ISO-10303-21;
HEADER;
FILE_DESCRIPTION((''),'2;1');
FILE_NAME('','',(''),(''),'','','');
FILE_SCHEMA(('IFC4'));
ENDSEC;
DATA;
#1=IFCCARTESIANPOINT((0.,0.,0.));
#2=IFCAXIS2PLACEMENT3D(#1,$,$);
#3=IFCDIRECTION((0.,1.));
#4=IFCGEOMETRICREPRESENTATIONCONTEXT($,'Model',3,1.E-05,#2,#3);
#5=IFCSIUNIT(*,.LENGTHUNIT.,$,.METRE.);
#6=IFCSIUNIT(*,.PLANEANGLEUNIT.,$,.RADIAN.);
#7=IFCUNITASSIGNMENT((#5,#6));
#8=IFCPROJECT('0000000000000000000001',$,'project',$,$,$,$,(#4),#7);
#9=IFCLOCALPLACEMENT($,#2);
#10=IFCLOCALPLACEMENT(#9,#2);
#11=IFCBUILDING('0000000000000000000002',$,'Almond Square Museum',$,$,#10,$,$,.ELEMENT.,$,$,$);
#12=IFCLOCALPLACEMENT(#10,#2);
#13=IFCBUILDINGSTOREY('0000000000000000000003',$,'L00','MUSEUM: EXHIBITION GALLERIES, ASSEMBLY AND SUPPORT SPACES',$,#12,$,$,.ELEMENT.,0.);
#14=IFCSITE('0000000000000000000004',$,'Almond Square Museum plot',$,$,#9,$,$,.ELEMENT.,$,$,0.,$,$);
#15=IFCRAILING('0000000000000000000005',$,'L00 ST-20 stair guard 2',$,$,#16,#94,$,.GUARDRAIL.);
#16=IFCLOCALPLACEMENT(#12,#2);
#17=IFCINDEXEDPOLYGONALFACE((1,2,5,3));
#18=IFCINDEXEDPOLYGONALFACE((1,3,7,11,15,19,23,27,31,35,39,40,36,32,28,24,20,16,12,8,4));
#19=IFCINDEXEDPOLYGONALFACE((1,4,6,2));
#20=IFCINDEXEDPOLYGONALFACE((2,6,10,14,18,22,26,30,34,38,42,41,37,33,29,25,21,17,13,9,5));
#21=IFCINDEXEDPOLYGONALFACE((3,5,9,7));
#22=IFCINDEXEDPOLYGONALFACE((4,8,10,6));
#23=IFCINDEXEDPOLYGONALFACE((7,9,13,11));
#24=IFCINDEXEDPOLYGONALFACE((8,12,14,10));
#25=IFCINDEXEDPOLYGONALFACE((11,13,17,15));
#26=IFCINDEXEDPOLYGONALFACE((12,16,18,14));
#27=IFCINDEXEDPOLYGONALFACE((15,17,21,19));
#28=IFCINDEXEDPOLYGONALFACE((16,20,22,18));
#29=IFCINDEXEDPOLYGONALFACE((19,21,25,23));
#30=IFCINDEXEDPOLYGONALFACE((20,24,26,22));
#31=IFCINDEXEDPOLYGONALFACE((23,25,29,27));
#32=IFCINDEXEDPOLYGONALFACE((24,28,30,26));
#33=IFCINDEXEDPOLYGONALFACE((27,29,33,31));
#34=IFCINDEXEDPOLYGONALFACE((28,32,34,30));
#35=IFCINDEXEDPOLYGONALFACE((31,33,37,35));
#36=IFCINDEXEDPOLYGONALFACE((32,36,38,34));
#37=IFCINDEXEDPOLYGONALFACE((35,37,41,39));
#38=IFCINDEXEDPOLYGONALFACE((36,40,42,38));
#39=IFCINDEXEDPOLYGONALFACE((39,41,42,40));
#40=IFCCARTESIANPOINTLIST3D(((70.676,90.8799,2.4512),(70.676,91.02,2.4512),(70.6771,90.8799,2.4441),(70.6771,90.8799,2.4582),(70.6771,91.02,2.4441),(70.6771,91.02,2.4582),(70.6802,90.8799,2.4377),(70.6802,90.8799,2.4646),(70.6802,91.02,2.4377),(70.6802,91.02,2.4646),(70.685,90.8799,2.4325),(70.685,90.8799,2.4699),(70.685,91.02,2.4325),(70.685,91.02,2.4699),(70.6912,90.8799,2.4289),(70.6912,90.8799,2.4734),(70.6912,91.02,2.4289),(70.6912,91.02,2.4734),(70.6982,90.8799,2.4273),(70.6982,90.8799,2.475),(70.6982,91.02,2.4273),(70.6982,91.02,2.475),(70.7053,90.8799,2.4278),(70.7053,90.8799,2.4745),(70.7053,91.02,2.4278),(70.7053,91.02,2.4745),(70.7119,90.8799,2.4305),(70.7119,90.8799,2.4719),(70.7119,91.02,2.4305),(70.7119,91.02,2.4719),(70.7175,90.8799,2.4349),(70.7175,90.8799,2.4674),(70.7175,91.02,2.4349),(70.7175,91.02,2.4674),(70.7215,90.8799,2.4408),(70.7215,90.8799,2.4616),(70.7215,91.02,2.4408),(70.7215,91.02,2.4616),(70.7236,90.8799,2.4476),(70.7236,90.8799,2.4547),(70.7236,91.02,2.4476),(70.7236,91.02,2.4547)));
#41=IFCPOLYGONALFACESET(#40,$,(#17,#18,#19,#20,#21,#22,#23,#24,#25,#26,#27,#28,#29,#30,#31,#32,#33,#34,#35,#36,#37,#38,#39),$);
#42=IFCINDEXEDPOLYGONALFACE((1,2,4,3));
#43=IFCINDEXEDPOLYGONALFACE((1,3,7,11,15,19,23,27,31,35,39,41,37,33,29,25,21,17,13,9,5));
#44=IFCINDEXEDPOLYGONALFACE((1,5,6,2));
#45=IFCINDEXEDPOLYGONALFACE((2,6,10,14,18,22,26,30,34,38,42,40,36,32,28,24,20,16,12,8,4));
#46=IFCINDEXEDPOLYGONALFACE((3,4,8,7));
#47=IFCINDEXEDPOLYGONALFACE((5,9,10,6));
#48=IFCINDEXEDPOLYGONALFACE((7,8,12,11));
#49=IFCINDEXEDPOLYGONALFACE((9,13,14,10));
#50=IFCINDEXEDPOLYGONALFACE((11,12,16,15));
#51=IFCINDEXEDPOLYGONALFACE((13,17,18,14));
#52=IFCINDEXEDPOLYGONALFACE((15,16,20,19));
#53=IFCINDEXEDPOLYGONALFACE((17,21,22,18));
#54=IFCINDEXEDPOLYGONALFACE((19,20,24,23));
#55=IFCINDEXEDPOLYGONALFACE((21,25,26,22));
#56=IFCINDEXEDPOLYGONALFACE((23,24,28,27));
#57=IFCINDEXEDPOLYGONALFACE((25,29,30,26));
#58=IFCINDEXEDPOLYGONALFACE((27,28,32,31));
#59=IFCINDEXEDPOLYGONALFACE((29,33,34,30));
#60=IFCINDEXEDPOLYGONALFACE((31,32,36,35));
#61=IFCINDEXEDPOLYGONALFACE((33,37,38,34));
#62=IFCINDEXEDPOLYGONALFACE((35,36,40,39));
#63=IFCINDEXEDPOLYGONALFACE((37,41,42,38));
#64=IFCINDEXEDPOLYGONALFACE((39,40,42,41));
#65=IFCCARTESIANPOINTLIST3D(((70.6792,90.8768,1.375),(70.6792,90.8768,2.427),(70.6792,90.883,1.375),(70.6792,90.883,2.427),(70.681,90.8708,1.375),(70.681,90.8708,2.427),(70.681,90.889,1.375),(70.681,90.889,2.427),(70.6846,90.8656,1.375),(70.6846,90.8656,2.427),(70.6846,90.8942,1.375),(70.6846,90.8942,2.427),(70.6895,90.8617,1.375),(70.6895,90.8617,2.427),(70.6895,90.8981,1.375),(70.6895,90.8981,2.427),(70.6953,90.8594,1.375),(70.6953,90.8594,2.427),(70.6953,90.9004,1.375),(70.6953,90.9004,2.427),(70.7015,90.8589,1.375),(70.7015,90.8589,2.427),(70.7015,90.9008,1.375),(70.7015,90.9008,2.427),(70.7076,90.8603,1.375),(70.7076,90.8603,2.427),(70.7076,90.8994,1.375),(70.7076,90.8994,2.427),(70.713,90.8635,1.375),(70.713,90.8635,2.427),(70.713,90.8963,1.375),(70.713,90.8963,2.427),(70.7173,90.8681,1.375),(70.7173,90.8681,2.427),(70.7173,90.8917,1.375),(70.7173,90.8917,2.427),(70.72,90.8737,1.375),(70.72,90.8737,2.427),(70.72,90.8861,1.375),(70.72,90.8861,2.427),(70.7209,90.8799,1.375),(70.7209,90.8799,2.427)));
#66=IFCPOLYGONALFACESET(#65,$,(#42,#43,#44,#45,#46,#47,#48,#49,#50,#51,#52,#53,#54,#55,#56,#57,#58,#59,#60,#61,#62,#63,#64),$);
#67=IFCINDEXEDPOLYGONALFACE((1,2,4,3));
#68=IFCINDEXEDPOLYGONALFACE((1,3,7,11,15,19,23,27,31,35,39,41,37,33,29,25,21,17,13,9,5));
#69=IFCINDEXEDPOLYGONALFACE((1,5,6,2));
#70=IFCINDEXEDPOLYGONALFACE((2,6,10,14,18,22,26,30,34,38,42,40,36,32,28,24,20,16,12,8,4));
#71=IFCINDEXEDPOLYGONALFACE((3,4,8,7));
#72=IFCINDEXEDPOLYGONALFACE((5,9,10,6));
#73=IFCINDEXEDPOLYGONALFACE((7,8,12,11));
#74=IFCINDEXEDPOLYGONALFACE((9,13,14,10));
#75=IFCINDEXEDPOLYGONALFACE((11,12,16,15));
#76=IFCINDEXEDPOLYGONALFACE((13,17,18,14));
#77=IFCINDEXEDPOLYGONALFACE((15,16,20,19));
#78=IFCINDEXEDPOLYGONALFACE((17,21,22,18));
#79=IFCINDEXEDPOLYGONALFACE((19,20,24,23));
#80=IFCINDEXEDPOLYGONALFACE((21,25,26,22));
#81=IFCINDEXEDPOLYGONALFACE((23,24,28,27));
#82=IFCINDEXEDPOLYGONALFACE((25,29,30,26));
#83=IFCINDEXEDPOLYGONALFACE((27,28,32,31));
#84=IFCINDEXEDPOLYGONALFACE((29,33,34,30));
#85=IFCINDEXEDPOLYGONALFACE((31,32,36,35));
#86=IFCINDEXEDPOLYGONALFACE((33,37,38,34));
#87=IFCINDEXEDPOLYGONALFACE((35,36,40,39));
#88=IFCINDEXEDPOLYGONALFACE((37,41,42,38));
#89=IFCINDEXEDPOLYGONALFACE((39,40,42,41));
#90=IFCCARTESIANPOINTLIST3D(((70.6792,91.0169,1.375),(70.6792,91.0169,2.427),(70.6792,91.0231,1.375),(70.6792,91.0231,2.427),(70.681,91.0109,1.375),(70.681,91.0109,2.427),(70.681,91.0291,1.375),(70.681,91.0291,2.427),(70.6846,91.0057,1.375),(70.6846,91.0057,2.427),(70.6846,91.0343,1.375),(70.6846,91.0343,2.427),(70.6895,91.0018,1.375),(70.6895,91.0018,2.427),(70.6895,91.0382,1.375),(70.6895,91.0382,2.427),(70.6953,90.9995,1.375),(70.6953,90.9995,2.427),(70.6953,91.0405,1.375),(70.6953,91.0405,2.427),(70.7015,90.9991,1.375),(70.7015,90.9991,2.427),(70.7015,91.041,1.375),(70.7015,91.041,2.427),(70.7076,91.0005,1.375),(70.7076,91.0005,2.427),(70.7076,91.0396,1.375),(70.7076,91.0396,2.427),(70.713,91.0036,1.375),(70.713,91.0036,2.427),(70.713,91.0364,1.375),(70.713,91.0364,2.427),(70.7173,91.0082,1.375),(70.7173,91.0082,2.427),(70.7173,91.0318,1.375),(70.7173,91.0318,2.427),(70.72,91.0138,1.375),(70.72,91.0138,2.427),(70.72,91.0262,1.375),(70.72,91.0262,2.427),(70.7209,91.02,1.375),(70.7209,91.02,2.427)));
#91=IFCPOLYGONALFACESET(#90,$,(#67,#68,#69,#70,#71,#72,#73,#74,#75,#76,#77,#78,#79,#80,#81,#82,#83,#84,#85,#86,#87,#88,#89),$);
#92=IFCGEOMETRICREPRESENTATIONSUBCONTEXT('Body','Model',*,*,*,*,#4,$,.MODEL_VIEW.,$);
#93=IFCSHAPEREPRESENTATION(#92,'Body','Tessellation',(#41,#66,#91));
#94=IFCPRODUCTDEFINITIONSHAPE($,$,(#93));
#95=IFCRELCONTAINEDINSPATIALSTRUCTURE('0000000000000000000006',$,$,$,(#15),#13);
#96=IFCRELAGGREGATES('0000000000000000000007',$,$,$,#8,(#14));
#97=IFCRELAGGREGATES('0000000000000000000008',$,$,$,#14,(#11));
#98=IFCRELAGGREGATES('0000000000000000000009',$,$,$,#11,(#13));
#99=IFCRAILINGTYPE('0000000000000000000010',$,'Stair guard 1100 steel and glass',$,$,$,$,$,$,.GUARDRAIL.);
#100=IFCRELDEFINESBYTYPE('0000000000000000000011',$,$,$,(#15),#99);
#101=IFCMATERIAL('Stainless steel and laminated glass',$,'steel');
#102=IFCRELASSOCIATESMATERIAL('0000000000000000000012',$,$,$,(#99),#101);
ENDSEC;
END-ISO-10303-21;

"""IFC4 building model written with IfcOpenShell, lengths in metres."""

from ifc_helpers import new_model, si_unit, direction, frame, origin, origin_2d, place, context, subcontext, project, spatial, circle, extrude, material, type_object, element, save


model = new_model("IFC4")

# Units and contexts
model_context = context("Model", 3, precision=1e-05, world=origin(), true_north=direction((0.0, 1.0)))
body_context = subcontext(model_context, "Body", "Model", "MODEL_VIEW")
ifc_project = project(units=[si_unit("LENGTHUNIT", "METRE"), si_unit("PLANEANGLEUNIT", "RADIAN")], contexts=[model_context])

# Site, building, storey
site_placement = place(None, origin())
site = spatial("IfcSite", under=ifc_project, at=site_placement, Name="Almond Square Museum plot", CompositionType="ELEMENT", RefElevation=0.0)
building_placement = place(site_placement, origin())
building = spatial("IfcBuilding", under=site, at=building_placement, Name="Almond Square Museum", CompositionType="ELEMENT")
storey_placement = place(building_placement, origin())
storey = spatial("IfcBuildingStorey", under=building, at=storey_placement, Name="L00", Description="MUSEUM: EXHIBITION GALLERIES, ASSEMBLY AND SUPPORT SPACES", CompositionType="ELEMENT", Elevation=0.0)

# Railing
ifc_material_1 = material(Name="Stainless steel and laminated glass", Category="steel")
railing_type_1 = type_object("IfcRailingType", Name="Stair guard 1100 steel and glass", PredefinedType="GUARDRAIL", material=ifc_material_1)
railing_1_placement = place(storey_placement, frame((70.7, 90.8799, 1.375)))
element("IfcRailing", 1, at=railing_1_placement, inside=storey, type_object=railing_type_1, Name="L00 ST-20 stair guard 2", PredefinedType="GUARDRAIL", context=body_context, shape_type="SweptSolid", body=[
    extrude(circle(Radius=0.0239, at=origin_2d()), frame((0.0, 0.0, 1.0762), z_axis=(0.0, 1.0, 0.0), x_axis=(-1.0, 0.0, 0.0)), (0.0, 0.0, 1.0), 0.1401),
    extrude(circle(Radius=0.021, at=origin_2d()), origin(), (0.0, 0.0, 1.0), 1.052),
    extrude(circle(Radius=0.021, at=origin_2d()), frame((0.0, 0.1401, 0.0)), (0.0, 0.0, 1.0), 1.052),
])

save(model, "model.ifc")
